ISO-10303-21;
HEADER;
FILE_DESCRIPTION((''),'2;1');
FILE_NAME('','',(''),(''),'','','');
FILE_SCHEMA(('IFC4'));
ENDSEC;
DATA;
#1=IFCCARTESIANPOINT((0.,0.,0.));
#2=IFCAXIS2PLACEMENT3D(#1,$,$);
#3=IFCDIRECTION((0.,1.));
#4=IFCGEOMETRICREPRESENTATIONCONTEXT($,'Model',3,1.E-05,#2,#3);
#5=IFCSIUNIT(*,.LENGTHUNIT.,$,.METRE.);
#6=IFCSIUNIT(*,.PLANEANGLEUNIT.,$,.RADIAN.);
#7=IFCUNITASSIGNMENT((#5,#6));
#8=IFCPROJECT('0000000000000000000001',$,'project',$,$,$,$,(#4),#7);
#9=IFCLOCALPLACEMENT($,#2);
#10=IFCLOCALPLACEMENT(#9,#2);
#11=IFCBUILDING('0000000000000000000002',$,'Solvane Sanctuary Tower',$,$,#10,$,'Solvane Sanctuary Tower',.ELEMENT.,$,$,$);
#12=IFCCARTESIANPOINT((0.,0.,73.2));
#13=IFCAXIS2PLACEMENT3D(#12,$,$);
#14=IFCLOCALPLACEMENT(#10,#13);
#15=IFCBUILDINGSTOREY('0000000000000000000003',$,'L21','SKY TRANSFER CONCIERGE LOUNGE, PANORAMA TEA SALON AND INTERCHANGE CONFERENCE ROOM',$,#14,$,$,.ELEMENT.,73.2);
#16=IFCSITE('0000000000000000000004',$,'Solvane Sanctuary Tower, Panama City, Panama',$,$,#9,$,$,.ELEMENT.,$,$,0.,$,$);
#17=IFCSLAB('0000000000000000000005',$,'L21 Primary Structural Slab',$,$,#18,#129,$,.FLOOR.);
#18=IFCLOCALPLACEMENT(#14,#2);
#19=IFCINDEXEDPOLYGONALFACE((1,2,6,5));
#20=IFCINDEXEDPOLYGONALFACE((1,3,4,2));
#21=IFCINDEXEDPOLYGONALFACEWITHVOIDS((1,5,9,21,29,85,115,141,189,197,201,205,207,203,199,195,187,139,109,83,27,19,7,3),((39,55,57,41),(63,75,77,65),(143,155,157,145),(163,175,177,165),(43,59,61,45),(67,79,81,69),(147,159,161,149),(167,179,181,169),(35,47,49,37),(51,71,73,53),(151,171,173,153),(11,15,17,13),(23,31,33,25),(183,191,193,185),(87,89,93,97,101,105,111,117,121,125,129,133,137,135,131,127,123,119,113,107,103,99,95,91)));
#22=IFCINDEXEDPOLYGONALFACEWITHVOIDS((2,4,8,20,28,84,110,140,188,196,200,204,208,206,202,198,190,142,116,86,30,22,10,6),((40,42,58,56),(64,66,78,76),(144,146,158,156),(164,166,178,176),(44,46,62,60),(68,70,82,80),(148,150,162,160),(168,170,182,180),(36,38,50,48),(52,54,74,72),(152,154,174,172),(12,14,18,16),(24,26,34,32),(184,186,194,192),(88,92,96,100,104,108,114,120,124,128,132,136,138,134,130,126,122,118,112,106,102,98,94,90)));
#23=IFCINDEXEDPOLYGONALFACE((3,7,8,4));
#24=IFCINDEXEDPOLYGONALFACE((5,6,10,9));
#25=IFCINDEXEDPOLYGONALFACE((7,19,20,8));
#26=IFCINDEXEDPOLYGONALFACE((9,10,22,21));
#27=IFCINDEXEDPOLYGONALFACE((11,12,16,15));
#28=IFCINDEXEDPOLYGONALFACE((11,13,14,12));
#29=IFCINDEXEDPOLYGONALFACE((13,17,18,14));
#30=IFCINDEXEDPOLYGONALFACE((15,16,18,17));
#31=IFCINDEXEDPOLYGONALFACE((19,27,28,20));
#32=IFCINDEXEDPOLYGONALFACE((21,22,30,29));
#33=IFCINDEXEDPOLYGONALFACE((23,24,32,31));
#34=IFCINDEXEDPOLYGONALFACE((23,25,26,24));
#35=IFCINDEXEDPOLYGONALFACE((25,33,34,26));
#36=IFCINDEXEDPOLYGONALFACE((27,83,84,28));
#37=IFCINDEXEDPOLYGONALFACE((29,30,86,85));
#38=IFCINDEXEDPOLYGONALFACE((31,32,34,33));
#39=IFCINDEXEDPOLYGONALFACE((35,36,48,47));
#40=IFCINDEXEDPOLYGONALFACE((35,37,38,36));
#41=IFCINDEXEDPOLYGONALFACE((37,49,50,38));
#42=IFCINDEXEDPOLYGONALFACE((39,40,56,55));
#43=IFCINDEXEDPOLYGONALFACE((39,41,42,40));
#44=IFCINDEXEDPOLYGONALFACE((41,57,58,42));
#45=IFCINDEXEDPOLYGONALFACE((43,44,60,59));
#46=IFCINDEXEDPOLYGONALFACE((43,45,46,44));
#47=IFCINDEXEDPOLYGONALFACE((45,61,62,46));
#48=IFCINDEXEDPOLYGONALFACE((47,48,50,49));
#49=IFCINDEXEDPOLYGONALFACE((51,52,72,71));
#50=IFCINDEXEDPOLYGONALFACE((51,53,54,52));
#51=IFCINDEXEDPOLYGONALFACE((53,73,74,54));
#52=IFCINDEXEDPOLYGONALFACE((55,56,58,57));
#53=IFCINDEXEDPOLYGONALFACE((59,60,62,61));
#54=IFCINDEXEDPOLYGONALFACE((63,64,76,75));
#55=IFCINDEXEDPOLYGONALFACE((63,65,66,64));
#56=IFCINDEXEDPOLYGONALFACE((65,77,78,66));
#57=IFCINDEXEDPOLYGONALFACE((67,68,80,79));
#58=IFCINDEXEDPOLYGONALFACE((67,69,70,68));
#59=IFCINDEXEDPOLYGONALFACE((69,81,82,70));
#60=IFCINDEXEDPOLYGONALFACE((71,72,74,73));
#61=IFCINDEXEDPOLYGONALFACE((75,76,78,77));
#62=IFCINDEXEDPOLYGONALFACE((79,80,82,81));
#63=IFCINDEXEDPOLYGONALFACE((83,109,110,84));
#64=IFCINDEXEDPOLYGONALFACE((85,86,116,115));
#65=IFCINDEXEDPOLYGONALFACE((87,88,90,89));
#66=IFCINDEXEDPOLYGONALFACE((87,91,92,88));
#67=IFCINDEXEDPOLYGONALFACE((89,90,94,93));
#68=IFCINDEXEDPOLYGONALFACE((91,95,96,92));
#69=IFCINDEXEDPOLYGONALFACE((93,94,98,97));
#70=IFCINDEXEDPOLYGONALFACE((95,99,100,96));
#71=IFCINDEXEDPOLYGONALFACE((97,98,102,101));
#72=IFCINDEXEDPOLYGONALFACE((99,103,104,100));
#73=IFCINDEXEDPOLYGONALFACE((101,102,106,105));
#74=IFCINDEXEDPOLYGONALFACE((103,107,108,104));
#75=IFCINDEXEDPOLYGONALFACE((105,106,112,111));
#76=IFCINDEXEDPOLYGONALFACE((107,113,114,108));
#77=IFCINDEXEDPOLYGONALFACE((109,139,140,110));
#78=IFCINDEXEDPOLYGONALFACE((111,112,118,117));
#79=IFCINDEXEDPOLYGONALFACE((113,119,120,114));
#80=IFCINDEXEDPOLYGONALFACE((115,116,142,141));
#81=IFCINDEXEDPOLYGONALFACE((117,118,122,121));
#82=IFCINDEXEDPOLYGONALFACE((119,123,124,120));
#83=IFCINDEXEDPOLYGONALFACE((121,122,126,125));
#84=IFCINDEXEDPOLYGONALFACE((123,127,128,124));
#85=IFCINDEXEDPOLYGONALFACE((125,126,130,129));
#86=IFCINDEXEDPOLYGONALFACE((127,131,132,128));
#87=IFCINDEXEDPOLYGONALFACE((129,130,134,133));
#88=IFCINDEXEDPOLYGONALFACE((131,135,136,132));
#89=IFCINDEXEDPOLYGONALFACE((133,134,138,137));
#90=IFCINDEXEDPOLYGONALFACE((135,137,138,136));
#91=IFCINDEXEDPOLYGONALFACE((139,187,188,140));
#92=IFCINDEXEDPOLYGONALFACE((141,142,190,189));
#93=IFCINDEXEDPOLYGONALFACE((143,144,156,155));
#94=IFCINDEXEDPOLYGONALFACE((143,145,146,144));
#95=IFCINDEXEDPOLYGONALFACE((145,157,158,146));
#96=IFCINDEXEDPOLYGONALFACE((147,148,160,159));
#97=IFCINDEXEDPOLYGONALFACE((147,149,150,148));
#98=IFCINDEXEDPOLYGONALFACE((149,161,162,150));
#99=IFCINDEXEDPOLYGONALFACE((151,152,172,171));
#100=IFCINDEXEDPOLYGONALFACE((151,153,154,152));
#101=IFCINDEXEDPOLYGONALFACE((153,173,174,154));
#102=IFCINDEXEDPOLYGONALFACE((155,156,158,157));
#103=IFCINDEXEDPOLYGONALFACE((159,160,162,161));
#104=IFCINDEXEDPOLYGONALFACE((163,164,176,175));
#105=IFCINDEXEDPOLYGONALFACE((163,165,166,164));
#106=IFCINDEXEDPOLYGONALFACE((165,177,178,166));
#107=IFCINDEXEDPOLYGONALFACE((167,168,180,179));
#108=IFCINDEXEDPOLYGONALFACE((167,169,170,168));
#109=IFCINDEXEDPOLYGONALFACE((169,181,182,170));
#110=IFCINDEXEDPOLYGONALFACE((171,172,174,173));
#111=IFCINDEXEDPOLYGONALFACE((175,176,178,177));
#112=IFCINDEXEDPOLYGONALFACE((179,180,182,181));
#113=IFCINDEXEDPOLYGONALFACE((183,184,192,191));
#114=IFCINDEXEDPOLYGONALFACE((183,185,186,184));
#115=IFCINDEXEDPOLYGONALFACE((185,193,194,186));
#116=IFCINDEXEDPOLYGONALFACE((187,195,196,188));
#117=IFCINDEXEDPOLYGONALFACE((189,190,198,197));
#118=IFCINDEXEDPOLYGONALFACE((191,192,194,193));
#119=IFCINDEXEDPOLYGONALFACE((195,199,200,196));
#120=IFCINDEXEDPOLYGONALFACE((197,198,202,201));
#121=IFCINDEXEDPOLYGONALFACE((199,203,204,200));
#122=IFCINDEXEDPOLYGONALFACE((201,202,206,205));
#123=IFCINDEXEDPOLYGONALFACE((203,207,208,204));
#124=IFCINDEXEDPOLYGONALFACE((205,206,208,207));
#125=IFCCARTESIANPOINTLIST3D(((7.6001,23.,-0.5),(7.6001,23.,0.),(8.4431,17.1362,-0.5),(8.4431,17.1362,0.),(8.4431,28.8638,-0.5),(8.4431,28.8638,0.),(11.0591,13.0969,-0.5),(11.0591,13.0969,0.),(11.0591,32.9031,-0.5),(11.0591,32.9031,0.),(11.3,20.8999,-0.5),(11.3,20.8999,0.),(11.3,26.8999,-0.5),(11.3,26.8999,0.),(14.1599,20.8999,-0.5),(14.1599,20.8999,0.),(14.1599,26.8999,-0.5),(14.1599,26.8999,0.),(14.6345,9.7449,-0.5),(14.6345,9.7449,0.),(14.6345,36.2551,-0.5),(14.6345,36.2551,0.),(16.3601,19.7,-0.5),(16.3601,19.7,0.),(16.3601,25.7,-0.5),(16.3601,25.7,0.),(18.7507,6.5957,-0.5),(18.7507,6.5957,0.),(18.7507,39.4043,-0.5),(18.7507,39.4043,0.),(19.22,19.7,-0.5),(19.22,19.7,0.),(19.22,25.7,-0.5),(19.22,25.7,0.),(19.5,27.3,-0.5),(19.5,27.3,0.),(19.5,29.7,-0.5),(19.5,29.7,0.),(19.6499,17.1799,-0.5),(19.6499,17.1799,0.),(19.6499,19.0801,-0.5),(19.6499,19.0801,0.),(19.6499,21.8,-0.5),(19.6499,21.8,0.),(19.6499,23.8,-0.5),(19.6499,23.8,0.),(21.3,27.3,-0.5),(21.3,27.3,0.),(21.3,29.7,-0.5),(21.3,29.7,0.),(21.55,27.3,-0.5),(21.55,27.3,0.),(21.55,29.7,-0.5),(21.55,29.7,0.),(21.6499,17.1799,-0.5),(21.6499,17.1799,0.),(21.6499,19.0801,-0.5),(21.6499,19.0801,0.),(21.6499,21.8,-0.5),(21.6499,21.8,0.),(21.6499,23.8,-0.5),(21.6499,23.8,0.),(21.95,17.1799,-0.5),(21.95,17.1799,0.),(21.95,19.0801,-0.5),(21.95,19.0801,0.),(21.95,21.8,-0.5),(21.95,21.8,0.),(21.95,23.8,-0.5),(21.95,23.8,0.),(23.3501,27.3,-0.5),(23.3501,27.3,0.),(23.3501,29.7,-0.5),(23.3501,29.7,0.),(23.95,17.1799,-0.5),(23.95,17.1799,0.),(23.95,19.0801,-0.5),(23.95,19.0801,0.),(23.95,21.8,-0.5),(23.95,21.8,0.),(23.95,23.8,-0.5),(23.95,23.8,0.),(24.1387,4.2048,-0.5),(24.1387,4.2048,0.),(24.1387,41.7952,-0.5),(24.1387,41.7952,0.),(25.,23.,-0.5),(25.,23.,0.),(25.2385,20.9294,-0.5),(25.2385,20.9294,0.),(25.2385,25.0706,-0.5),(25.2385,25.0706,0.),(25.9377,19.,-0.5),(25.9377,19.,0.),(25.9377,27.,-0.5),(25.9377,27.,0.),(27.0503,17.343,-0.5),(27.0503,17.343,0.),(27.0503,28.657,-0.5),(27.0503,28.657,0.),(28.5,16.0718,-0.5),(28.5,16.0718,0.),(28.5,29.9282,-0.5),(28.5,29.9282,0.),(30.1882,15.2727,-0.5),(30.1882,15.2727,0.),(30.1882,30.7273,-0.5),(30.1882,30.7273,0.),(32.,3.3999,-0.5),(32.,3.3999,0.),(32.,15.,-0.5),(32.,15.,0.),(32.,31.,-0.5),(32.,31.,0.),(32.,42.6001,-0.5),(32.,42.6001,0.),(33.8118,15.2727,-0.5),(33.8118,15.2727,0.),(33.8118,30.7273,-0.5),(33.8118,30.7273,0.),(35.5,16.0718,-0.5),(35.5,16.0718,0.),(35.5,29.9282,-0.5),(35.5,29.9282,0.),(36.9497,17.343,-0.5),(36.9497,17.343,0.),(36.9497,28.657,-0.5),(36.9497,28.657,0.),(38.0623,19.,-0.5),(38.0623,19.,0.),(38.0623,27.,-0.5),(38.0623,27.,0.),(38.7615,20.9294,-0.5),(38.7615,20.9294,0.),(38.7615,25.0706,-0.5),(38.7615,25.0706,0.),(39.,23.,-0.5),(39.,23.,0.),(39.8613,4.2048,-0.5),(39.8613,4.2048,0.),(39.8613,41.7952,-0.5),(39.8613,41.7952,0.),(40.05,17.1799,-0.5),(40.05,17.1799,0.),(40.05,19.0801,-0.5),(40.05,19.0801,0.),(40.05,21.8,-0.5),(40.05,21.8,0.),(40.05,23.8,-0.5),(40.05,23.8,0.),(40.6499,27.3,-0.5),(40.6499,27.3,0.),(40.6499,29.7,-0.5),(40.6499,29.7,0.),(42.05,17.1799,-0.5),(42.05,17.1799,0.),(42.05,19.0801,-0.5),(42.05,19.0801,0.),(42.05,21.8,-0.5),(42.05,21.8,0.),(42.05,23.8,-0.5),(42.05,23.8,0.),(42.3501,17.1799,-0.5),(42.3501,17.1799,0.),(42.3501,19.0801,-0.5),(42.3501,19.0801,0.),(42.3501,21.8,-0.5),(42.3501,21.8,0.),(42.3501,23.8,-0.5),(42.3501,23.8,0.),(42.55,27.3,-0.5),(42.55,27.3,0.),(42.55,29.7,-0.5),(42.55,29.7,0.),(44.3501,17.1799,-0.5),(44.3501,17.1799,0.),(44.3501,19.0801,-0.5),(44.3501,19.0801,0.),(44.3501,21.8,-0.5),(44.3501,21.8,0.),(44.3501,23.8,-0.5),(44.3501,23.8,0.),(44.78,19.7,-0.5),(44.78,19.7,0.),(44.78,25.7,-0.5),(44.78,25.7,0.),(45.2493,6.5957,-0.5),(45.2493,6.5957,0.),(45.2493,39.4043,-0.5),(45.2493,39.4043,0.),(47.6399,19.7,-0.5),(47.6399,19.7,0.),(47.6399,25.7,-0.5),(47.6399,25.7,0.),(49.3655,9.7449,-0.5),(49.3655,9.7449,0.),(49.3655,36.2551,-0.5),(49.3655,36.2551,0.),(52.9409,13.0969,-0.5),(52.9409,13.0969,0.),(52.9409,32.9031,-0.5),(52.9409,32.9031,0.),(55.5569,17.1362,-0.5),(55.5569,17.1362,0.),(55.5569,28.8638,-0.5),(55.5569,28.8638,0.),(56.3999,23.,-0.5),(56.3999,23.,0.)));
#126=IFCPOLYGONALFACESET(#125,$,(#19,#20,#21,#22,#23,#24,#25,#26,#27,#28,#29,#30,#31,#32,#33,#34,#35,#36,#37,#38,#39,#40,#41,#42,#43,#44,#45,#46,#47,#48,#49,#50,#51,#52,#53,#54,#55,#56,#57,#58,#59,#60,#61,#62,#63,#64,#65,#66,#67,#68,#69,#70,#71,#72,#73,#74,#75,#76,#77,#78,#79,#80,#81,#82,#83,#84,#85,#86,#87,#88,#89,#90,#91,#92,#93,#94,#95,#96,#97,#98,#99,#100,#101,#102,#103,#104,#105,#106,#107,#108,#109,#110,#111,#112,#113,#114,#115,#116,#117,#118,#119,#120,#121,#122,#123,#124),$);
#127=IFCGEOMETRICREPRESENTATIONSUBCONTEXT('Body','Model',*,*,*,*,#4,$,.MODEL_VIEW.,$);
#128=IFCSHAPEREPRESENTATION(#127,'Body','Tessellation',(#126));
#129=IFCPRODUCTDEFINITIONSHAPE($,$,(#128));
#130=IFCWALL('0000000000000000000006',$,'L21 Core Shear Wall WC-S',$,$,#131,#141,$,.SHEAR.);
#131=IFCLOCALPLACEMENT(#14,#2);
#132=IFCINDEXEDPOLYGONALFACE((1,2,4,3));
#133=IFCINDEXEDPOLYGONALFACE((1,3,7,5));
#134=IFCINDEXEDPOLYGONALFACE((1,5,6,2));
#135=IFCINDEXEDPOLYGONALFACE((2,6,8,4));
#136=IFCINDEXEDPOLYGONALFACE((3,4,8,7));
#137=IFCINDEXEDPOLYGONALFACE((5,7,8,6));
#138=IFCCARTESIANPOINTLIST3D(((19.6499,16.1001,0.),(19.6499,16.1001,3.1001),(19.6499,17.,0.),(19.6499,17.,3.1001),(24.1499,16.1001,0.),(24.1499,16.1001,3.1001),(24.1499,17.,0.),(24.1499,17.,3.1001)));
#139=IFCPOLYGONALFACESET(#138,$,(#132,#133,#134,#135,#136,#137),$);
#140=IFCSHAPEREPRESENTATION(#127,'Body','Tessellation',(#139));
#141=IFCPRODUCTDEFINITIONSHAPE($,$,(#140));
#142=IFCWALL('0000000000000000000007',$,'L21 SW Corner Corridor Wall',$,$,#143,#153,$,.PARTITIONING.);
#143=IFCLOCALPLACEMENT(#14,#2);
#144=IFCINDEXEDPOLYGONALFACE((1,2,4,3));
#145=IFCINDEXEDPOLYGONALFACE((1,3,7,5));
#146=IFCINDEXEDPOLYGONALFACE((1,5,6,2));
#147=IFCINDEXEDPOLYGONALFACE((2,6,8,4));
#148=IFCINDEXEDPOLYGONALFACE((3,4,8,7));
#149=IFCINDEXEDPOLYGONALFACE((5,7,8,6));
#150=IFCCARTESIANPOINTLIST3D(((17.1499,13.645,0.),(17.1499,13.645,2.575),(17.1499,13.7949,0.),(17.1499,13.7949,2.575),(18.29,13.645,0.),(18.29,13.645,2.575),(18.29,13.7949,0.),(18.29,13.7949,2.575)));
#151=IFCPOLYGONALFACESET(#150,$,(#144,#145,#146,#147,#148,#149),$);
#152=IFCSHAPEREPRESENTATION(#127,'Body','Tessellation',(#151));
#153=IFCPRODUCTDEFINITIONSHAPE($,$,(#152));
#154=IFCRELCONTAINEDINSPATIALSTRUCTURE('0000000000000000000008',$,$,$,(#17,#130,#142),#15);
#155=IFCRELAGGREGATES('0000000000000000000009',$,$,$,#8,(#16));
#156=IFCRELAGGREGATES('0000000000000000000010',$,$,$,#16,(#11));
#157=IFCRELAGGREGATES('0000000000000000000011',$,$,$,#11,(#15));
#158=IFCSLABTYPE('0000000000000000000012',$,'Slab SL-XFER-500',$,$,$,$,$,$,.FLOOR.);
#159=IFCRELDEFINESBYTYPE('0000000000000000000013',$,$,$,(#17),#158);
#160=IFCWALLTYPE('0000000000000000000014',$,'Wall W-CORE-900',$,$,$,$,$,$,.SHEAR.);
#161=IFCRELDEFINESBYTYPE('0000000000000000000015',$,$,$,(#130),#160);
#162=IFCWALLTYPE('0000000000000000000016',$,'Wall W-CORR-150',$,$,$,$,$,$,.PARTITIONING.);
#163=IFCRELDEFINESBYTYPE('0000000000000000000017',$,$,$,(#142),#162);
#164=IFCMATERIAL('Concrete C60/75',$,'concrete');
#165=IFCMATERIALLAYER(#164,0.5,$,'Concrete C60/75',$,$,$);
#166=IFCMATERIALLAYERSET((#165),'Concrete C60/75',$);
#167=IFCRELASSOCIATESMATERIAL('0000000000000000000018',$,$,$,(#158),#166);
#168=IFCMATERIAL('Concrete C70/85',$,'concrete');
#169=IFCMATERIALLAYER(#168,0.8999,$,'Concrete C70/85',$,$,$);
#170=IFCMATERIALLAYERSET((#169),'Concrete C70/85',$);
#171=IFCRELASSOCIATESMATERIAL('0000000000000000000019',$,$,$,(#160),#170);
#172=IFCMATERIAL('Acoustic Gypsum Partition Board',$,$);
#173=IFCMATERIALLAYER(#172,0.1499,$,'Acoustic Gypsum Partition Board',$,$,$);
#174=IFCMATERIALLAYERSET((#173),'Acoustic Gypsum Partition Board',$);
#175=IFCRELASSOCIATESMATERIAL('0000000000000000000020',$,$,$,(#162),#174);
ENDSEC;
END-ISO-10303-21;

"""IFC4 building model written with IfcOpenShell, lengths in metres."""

from ifc_helpers import new_model, si_unit, direction, frame, frame_2d, origin, place, context, subcontext, project, spatial, polyline, rectangle, outline, extrude, material, layer, layer_set, type_object, element, save


model = new_model("IFC4")

# Units and contexts
model_context = context("Model", 3, precision=1e-05, world=origin(), true_north=direction((0.0, 1.0)))
body_context = subcontext(model_context, "Body", "Model", "MODEL_VIEW")
ifc_project = project(units=[si_unit("LENGTHUNIT", "METRE"), si_unit("PLANEANGLEUNIT", "RADIAN")], contexts=[model_context])

# Site, building, storey
site_placement = place(None, origin())
site = spatial("IfcSite", under=ifc_project, at=site_placement, Name="Solvane Sanctuary Tower, Panama City, Panama", CompositionType="ELEMENT", RefElevation=0.0)
building_placement = place(site_placement, origin())
building = spatial("IfcBuilding", under=site, at=building_placement, Name="Solvane Sanctuary Tower", LongName="Solvane Sanctuary Tower", CompositionType="ELEMENT")
storey_placement = place(building_placement, frame((0.0, 0.0, 73.2)))
storey = spatial("IfcBuildingStorey", under=building, at=storey_placement, Name="L21", Description="SKY TRANSFER CONCIERGE LOUNGE, PANORAMA TEA SALON AND INTERCHANGE CONFERENCE ROOM", CompositionType="ELEMENT", Elevation=73.2)

# Shared definitions
ifc_material_1 = material(Name="Concrete C60/75", Category="concrete")

# Shared definitions
ifc_material_2 = material(Name="Concrete C70/85", Category="concrete")

# Slab
ifc_layer_1 = layer(ifc_material_1, 0.5, Name="Concrete C60/75")
ifc_layer_set_1 = layer_set([ifc_layer_1], Name="Concrete C60/75")
slab_type_1 = type_object("IfcSlabType", Name="Slab SL-XFER-500", PredefinedType="FLOOR", material=ifc_layer_set_1)
slab_1_placement = place(storey_placement, frame((0.0, 0.0, -0.5)))
element("IfcSlab", 1, at=slab_1_placement, inside=storey, type_object=slab_type_1, Name="L21 Primary Structural Slab", PredefinedType="FLOOR", context=body_context, shape_type="SweptSolid", body=[
    extrude(outline(polyline([(56.3999, 23.0), (55.5569, 28.8638), (52.9409, 32.9031), (49.3655, 36.2551), (45.2493, 39.4043), (39.8613, 41.7952), (32.0, 42.6001), (24.1387, 41.7952), (18.7507, 39.4043), (14.6345, 36.2551), (11.0591, 32.9031), (8.4431, 28.8638), (7.6001, 23.0), (8.4431, 17.1362), (11.0591, 13.0969), (14.6345, 9.7449), (18.7507, 6.5957), (24.1387, 4.2048), (32.0, 3.3999), (39.8613, 4.2048), (45.2493, 6.5957), (49.3655, 9.7449), (52.9409, 13.0969), (55.5569, 17.1362), (56.3999, 23.0)]), holes=[polyline([(38.7615, 20.9294), (38.0623, 19.0), (36.9497, 17.343), (35.5, 16.0718), (33.8118, 15.2727), (32.0, 15.0), (30.1882, 15.2727), (28.5, 16.0718), (27.0503, 17.343), (25.9377, 19.0), (25.2385, 20.9294), (25.0, 23.0), (25.2385, 25.0706), (25.9377, 27.0), (27.0503, 28.657), (28.5, 29.9282), (30.1882, 30.7273), (32.0, 31.0), (33.8118, 30.7273), (35.5, 29.9282), (36.9497, 28.657), (38.0623, 27.0), (38.7615, 25.0706), (39.0, 23.0), (38.7615, 20.9294)]), polyline([(16.3601, 19.7), (16.3601, 25.7), (19.22, 25.7), (19.22, 19.7), (16.3601, 19.7)]), polyline([(44.78, 19.7), (44.78, 25.7), (47.6399, 25.7), (47.6399, 19.7), (44.78, 19.7)]), polyline([(11.3, 20.8999), (11.3, 26.8999), (14.1599, 26.8999), (14.1599, 20.8999), (11.3, 20.8999)]), polyline([(19.6499, 19.0801), (21.6499, 19.0801), (21.6499, 17.1799), (19.6499, 17.1799), (19.6499, 19.0801)]), polyline([(21.95, 19.0801), (23.95, 19.0801), (23.95, 17.1799), (21.95, 17.1799), (21.95, 19.0801)]), polyline([(40.05, 19.0801), (42.05, 19.0801), (42.05, 17.1799), (40.05, 17.1799), (40.05, 19.0801)]), polyline([(42.3501, 19.0801), (44.3501, 19.0801), (44.3501, 17.1799), (42.3501, 17.1799), (42.3501, 19.0801)]), polyline([(19.6499, 23.8), (21.6499, 23.8), (21.6499, 21.8), (19.6499, 21.8), (19.6499, 23.8)]), polyline([(42.3501, 23.8), (44.3501, 23.8), (44.3501, 21.8), (42.3501, 21.8), (42.3501, 23.8)]), polyline([(21.95, 23.8), (23.95, 23.8), (23.95, 21.8), (21.95, 21.8), (21.95, 23.8)]), polyline([(40.05, 23.8), (42.05, 23.8), (42.05, 21.8), (40.05, 21.8), (40.05, 23.8)]), polyline([(19.5, 29.7), (21.3, 29.7), (21.3, 27.3), (19.5, 27.3), (19.5, 29.7)]), polyline([(21.55, 29.7), (23.3501, 29.7), (23.3501, 27.3), (21.55, 27.3), (21.55, 29.7)]), polyline([(40.6499, 29.7), (42.55, 29.7), (42.55, 27.3), (40.6499, 27.3), (40.6499, 29.7)])]), origin(), (0.0, 0.0, 1.0), 0.5),
])

# Walls
ifc_layer_2 = layer(ifc_material_2, 0.8999, Name="Concrete C70/85")
ifc_layer_set_2 = layer_set([ifc_layer_2], Name="Concrete C70/85")
wall_type_1 = type_object("IfcWallType", Name="Wall W-CORE-900", PredefinedType="SHEAR", material=ifc_layer_set_2)
wall_1_placement = place(storey_placement, frame((19.6499, 16.55, 0.0), z_axis=(0.0, 0.0, 1.0), x_axis=(1.0, 0.0, 0.0)))
element("IfcWall", 2, at=wall_1_placement, inside=storey, type_object=wall_type_1, Name="L21 Core Shear Wall WC-S", PredefinedType="SHEAR", context=body_context, shape_type="SweptSolid", body=[
    extrude(rectangle(XDim=4.5, YDim=0.8999, at=frame_2d((2.25, 0.0))), origin(), (0.0, 0.0, 1.0), 3.1001),
])
ifc_material_3 = material(Name="Acoustic Gypsum Partition Board")
ifc_layer_3 = layer(ifc_material_3, 0.1499, Name="Acoustic Gypsum Partition Board")
ifc_layer_set_3 = layer_set([ifc_layer_3], Name="Acoustic Gypsum Partition Board")
wall_type_2 = type_object("IfcWallType", Name="Wall W-CORR-150", PredefinedType="PARTITIONING", material=ifc_layer_set_3)
wall_2_placement = place(storey_placement, frame((17.1499, 13.72, 0.0), z_axis=(0.0, 0.0, 1.0), x_axis=(1.0, 0.0, 0.0)))
element("IfcWall", 3, at=wall_2_placement, inside=storey, type_object=wall_type_2, Name="L21 SW Corner Corridor Wall", PredefinedType="PARTITIONING", context=body_context, shape_type="SweptSolid", body=[
    extrude(rectangle(XDim=1.1401, YDim=0.1499, at=frame_2d((0.5701, 0.0))), origin(), (0.0, 0.0, 1.0), 2.575),
])

save(model, "model.ifc")
